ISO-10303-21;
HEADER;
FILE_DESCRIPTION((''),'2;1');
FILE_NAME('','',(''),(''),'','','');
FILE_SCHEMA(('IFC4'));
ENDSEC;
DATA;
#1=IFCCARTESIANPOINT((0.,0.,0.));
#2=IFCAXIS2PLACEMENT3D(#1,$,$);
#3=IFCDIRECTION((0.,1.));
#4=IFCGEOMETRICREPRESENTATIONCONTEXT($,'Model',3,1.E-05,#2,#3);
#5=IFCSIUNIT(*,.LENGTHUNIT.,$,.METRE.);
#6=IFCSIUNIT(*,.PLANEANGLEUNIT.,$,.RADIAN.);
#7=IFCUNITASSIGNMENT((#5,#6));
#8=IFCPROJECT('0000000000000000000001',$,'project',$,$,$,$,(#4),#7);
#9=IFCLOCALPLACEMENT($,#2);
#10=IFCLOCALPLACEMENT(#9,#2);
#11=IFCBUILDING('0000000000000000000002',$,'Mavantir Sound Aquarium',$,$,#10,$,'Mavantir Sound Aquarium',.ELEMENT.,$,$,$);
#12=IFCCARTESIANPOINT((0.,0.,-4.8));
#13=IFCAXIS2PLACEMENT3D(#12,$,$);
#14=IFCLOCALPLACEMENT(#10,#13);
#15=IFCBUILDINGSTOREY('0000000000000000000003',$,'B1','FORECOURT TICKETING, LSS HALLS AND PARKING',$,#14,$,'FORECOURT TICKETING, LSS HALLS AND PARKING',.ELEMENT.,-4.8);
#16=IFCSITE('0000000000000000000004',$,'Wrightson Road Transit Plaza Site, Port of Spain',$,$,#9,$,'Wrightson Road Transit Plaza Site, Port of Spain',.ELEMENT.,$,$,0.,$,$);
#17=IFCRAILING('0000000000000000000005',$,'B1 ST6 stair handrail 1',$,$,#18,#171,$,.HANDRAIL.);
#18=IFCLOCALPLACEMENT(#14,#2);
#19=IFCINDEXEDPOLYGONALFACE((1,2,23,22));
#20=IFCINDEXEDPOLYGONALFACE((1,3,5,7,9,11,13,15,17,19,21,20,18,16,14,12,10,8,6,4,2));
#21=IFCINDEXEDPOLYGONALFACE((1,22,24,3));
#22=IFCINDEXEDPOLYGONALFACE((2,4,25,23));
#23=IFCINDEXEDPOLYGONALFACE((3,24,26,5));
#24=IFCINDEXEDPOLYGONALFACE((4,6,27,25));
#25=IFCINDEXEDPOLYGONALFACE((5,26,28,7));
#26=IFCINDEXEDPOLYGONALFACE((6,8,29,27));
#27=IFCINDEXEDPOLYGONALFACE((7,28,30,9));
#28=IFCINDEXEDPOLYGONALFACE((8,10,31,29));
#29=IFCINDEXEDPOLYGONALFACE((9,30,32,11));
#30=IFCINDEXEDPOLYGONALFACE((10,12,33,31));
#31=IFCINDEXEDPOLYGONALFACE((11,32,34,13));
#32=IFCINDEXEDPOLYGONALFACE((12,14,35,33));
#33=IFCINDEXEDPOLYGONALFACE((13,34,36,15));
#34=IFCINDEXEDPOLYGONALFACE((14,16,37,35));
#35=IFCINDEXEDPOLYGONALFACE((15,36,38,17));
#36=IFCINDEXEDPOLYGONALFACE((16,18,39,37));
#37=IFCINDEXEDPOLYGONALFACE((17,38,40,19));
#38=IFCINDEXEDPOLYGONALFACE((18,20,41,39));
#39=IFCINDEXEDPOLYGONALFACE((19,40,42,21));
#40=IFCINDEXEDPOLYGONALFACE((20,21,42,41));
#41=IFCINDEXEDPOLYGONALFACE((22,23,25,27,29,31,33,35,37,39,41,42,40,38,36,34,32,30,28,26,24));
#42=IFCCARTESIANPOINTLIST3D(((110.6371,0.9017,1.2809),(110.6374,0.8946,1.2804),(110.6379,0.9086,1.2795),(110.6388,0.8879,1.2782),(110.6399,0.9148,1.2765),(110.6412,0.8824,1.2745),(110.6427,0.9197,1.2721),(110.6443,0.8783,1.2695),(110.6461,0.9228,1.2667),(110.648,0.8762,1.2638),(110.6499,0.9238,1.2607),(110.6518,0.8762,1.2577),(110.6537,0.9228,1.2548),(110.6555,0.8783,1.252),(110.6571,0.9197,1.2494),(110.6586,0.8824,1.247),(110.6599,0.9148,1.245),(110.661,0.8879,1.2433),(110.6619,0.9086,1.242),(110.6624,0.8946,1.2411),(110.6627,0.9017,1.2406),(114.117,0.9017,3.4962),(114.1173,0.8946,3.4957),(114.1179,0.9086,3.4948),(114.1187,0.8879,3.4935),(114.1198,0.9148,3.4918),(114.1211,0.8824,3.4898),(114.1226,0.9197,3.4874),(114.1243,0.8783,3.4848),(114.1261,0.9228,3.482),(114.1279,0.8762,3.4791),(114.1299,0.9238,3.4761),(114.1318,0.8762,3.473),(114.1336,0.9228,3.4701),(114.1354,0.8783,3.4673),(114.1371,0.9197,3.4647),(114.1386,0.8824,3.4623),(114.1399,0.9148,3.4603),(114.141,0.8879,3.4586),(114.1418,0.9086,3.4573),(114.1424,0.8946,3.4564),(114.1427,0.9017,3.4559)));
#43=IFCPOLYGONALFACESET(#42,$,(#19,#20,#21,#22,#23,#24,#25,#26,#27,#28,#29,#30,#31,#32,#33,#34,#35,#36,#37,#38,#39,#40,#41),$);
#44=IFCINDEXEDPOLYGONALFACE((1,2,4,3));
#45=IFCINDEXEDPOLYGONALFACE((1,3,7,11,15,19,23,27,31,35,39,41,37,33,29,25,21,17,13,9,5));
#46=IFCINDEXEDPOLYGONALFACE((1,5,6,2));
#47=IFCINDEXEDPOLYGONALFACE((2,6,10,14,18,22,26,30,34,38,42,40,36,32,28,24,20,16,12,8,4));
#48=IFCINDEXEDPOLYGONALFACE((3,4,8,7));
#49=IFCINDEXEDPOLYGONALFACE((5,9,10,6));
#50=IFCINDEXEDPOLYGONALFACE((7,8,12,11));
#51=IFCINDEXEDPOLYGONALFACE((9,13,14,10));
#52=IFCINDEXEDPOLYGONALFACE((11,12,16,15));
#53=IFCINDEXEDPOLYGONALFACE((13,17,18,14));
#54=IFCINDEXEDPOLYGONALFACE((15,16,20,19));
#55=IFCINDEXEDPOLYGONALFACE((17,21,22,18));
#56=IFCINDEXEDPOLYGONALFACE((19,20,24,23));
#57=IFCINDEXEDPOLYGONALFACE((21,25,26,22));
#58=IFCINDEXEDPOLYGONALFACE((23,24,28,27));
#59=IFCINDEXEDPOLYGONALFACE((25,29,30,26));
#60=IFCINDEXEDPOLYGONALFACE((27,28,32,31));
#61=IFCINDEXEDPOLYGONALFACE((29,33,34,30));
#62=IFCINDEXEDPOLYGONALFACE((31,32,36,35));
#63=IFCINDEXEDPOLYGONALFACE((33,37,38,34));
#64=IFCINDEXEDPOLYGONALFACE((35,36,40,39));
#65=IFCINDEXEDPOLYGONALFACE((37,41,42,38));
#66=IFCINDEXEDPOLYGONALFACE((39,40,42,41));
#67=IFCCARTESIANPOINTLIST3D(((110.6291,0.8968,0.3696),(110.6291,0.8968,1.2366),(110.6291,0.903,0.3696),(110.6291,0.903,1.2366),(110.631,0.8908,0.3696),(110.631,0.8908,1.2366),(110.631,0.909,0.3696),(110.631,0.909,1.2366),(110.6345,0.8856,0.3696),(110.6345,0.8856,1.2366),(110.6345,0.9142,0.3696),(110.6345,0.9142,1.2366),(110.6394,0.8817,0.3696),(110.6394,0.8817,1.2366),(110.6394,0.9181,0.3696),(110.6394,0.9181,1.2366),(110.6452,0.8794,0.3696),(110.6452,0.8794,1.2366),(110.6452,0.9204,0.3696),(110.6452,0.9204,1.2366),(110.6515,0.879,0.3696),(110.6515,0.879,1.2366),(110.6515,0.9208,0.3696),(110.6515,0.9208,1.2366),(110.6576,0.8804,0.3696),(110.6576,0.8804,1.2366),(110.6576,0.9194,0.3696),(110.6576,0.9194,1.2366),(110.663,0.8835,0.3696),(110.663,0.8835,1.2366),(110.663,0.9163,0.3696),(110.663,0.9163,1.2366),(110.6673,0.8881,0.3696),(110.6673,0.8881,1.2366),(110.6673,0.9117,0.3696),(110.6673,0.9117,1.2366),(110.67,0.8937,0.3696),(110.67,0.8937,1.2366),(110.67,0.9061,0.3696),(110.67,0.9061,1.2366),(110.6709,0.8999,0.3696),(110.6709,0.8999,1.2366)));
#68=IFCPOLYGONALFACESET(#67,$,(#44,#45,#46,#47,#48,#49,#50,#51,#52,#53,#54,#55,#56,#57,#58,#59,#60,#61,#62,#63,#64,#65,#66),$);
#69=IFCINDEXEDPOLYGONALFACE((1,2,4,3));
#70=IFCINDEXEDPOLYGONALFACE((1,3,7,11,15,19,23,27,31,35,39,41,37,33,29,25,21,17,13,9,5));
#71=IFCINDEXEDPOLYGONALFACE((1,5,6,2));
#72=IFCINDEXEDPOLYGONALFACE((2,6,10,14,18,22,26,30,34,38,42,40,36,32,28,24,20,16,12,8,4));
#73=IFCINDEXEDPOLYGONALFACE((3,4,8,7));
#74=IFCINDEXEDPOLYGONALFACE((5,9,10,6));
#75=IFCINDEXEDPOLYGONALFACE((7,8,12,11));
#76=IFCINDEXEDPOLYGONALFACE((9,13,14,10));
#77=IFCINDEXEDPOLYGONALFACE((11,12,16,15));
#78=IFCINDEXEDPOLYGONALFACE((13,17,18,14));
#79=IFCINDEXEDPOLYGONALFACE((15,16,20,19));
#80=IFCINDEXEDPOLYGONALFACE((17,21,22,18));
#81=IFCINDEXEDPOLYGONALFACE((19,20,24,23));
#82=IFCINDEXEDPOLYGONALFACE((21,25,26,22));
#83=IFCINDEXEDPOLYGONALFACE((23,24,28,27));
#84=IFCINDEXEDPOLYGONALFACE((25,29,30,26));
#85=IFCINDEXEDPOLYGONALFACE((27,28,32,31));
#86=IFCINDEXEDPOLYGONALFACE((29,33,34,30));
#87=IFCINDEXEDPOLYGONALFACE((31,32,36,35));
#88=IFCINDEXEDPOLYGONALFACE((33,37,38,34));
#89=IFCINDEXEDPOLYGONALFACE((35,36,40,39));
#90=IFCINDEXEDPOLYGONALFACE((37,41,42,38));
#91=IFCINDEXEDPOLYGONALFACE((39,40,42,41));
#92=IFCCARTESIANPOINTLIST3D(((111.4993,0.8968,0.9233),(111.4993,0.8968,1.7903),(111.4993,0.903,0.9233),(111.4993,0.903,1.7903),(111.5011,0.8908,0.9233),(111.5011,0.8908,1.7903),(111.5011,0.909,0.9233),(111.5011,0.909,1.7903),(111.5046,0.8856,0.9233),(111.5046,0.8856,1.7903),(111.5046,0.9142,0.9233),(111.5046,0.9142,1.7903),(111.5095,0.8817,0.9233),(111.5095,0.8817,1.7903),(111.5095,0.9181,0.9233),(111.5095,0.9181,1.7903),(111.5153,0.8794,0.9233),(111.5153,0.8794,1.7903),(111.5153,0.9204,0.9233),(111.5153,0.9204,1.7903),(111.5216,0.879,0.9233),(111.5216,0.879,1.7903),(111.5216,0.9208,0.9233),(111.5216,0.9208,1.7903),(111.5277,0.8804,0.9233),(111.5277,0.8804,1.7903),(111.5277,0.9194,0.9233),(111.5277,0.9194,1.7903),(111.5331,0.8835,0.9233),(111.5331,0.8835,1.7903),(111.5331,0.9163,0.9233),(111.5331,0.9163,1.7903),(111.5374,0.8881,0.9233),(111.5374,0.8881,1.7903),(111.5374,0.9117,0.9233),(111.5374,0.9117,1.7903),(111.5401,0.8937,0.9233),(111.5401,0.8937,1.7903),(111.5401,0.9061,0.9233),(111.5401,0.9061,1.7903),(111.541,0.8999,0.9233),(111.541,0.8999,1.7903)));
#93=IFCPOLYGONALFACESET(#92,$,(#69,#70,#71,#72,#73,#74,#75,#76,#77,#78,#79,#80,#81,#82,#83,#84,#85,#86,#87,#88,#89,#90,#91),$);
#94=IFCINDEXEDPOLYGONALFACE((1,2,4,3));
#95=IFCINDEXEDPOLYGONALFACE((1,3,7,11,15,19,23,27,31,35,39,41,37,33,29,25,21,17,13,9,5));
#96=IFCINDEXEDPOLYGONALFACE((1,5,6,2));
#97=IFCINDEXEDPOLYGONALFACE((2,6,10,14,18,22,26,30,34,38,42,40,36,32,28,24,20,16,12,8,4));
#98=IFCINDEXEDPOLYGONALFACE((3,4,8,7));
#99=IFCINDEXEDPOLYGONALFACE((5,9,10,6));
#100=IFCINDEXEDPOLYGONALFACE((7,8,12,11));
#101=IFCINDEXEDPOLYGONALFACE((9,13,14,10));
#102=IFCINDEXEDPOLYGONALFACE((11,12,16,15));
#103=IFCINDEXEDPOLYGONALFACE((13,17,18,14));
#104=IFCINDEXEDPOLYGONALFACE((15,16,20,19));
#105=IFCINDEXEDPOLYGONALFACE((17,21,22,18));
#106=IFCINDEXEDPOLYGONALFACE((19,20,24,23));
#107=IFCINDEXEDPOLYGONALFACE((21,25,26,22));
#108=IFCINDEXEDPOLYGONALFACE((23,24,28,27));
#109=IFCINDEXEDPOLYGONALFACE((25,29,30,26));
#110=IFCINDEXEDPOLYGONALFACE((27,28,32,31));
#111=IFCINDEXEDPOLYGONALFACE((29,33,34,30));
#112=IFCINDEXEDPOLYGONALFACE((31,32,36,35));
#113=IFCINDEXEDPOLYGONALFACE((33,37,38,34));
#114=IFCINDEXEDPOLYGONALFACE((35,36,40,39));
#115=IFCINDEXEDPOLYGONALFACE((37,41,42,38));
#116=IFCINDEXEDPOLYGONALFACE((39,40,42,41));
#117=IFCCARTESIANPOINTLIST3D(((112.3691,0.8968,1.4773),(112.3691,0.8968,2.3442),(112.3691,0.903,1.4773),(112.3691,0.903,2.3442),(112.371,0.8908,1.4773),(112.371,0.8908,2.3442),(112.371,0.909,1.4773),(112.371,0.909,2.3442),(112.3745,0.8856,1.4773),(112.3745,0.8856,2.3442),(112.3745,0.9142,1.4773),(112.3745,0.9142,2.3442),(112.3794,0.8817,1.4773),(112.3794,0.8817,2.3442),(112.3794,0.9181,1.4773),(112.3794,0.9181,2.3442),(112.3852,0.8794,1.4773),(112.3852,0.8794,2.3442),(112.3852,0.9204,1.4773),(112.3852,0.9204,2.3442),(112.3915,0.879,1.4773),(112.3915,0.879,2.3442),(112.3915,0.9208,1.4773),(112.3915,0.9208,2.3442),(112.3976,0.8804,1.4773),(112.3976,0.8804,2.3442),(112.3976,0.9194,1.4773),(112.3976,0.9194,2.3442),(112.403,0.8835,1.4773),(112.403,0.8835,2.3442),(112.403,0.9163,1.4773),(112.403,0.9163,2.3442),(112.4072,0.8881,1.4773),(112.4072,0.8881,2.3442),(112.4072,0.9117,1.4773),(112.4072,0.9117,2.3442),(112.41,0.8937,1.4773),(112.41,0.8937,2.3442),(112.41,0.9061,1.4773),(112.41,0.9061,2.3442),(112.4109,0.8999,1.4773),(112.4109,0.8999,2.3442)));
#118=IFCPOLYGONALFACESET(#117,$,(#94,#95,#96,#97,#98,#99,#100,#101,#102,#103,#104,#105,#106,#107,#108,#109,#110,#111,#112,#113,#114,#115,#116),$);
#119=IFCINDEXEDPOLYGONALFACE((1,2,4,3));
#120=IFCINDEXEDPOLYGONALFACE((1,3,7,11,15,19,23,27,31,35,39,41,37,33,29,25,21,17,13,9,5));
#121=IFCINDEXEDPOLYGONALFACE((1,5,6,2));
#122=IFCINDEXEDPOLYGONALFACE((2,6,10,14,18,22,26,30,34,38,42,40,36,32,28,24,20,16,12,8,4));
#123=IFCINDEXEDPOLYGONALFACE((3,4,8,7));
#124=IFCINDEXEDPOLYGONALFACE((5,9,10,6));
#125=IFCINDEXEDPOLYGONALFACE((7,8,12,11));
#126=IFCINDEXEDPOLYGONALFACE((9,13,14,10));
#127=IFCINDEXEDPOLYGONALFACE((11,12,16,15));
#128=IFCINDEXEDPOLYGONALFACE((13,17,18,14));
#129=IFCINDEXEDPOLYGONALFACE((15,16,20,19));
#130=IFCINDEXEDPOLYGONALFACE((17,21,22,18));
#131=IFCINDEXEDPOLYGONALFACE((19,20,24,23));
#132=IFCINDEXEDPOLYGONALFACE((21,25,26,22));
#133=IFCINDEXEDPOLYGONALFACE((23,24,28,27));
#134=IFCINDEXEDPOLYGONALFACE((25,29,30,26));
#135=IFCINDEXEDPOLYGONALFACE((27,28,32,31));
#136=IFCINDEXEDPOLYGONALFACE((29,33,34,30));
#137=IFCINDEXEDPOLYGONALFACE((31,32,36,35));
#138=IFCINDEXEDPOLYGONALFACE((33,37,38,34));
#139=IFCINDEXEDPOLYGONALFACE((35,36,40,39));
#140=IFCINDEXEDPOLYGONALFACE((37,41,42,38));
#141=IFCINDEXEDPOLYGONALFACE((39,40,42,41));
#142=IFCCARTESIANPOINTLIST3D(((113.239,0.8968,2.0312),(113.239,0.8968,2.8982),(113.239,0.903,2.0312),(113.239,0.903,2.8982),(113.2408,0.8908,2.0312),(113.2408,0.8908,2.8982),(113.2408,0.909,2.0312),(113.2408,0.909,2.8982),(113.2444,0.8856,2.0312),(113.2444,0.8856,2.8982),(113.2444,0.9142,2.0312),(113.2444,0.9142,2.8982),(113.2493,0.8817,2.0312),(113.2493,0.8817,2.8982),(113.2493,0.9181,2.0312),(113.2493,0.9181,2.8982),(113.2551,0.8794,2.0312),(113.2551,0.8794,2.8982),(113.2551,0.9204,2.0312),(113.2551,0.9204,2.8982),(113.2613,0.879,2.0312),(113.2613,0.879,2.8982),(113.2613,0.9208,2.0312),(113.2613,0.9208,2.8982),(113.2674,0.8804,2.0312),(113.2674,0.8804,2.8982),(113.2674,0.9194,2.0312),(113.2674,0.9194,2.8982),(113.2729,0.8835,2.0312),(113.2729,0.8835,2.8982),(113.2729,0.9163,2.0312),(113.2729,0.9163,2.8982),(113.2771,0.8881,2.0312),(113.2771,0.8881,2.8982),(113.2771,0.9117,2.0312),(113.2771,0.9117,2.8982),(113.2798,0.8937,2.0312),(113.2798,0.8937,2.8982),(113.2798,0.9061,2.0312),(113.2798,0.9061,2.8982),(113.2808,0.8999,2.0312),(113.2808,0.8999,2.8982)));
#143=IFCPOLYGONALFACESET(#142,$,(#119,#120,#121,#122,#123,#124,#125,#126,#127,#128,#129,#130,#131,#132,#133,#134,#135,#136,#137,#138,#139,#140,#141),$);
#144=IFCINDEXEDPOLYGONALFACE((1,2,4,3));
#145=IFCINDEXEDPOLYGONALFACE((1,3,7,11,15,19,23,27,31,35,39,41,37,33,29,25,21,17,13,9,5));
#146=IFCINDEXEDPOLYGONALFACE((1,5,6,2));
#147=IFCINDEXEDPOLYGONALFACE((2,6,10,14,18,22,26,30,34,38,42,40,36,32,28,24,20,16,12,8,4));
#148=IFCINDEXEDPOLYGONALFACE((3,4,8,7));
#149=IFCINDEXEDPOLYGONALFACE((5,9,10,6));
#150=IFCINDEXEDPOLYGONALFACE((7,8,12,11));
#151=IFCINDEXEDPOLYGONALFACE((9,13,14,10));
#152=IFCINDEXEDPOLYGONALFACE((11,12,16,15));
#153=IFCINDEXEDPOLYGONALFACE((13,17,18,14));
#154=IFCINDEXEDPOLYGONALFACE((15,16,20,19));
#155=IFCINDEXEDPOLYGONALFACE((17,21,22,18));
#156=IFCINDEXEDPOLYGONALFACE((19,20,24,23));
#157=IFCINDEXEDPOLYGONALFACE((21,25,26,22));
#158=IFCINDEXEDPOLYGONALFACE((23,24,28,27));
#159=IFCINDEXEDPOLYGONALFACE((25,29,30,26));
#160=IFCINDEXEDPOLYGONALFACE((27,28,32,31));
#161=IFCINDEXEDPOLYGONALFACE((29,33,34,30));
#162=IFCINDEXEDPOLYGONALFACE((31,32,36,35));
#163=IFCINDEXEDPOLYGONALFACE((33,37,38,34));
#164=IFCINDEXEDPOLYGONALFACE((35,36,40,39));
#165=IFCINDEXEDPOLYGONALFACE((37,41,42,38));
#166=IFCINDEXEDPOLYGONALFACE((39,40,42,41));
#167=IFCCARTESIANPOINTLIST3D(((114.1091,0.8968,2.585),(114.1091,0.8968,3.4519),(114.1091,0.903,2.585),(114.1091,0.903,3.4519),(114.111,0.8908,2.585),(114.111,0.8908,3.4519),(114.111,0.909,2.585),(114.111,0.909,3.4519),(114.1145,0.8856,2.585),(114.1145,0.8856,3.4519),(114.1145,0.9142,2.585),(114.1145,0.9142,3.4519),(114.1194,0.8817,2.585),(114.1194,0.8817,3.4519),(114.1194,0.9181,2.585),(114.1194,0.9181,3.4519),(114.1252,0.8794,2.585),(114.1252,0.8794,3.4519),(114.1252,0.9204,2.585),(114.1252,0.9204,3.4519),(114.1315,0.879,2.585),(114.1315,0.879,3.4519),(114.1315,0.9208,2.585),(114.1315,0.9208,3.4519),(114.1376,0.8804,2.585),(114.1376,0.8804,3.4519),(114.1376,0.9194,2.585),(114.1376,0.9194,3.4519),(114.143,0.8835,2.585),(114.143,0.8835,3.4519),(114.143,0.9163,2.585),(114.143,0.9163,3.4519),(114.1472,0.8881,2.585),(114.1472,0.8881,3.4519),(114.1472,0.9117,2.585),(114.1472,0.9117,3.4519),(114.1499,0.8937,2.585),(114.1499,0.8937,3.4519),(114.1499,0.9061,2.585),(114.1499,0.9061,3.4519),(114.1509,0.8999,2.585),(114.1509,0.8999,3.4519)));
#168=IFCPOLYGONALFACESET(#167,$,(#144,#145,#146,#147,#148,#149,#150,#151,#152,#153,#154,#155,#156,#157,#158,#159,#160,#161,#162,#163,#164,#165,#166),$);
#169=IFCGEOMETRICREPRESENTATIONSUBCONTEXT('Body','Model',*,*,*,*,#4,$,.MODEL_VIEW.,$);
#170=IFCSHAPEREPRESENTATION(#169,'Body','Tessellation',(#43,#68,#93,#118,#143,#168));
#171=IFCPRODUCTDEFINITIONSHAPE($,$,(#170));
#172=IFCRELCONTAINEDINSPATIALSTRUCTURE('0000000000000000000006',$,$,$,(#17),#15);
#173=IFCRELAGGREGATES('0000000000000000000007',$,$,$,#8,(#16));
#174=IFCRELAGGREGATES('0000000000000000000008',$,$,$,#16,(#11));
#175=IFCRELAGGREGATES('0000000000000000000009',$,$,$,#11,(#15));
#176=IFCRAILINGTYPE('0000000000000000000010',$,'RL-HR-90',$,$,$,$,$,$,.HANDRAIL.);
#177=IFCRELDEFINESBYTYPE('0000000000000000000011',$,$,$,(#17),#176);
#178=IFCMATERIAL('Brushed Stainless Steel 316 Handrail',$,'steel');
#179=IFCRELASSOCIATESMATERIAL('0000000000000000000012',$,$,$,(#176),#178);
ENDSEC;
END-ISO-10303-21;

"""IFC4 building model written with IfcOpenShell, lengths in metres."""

from ifc_helpers import new_model, si_unit, direction, frame, origin, origin_2d, place, context, subcontext, project, spatial, circle, extrude, material, type_object, element, save


model = new_model("IFC4")

# Units and contexts
model_context = context("Model", 3, precision=1e-05, world=origin(), true_north=direction((0.0, 1.0)))
body_context = subcontext(model_context, "Body", "Model", "MODEL_VIEW")
ifc_project = project(units=[si_unit("LENGTHUNIT", "METRE"), si_unit("PLANEANGLEUNIT", "RADIAN")], contexts=[model_context])

# Site, building, storey
site_placement = place(None, origin())
site = spatial("IfcSite", under=ifc_project, at=site_placement, Name="Wrightson Road Transit Plaza Site, Port of Spain", LongName="Wrightson Road Transit Plaza Site, Port of Spain", CompositionType="ELEMENT", RefElevation=0.0)
building_placement = place(site_placement, origin())
building = spatial("IfcBuilding", under=site, at=building_placement, Name="Mavantir Sound Aquarium", LongName="Mavantir Sound Aquarium", CompositionType="ELEMENT")
storey_placement = place(building_placement, frame((0.0, 0.0, -4.8)))
storey = spatial("IfcBuildingStorey", under=building, at=storey_placement, Name="B1", Description="FORECOURT TICKETING, LSS HALLS AND PARKING", LongName="FORECOURT TICKETING, LSS HALLS AND PARKING", CompositionType="ELEMENT", Elevation=-4.8)

# Railing
ifc_material_1 = material(Name="Brushed Stainless Steel 316 Handrail", Category="steel")
railing_type_1 = type_object("IfcRailingType", Name="RL-HR-90", PredefinedType="HANDRAIL", material=ifc_material_1)
railing_1_placement = place(storey_placement, frame((110.6499, 0.8999, 0.3696)))
element("IfcRailing", 1, at=railing_1_placement, inside=storey, type_object=railing_type_1, Name="B1 ST6 stair handrail 1", PredefinedType="HANDRAIL", context=body_context, shape_type="SweptSolid", body=[
    extrude(circle(Radius=0.0239, at=origin_2d()), frame((0.0, 0.0, 0.8911), z_axis=(0.843574, 0.0, 0.537013), x_axis=(0.0, 1.0, 0.0)), (0.0, 0.0, 1.0), 4.1252),
    extrude(circle(Radius=0.021, at=origin_2d()), origin(), (0.0, 0.0, 1.0), 0.8669),
    extrude(circle(Radius=0.021, at=origin_2d()), frame((0.8701, 0.0, 0.5537)), (0.0, 0.0, 1.0), 0.8669),
    extrude(circle(Radius=0.021, at=origin_2d()), frame((1.74, 0.0, 1.1077)), (0.0, 0.0, 1.0), 0.8669),
    extrude(circle(Radius=0.021, at=origin_2d()), frame((2.6099, 0.0, 1.6616)), (0.0, 0.0, 1.0), 0.8669),
    extrude(circle(Radius=0.021, at=origin_2d()), frame((3.48, 0.0, 2.2153)), (0.0, 0.0, 1.0), 0.8669),
])

save(model, "model.ifc")
